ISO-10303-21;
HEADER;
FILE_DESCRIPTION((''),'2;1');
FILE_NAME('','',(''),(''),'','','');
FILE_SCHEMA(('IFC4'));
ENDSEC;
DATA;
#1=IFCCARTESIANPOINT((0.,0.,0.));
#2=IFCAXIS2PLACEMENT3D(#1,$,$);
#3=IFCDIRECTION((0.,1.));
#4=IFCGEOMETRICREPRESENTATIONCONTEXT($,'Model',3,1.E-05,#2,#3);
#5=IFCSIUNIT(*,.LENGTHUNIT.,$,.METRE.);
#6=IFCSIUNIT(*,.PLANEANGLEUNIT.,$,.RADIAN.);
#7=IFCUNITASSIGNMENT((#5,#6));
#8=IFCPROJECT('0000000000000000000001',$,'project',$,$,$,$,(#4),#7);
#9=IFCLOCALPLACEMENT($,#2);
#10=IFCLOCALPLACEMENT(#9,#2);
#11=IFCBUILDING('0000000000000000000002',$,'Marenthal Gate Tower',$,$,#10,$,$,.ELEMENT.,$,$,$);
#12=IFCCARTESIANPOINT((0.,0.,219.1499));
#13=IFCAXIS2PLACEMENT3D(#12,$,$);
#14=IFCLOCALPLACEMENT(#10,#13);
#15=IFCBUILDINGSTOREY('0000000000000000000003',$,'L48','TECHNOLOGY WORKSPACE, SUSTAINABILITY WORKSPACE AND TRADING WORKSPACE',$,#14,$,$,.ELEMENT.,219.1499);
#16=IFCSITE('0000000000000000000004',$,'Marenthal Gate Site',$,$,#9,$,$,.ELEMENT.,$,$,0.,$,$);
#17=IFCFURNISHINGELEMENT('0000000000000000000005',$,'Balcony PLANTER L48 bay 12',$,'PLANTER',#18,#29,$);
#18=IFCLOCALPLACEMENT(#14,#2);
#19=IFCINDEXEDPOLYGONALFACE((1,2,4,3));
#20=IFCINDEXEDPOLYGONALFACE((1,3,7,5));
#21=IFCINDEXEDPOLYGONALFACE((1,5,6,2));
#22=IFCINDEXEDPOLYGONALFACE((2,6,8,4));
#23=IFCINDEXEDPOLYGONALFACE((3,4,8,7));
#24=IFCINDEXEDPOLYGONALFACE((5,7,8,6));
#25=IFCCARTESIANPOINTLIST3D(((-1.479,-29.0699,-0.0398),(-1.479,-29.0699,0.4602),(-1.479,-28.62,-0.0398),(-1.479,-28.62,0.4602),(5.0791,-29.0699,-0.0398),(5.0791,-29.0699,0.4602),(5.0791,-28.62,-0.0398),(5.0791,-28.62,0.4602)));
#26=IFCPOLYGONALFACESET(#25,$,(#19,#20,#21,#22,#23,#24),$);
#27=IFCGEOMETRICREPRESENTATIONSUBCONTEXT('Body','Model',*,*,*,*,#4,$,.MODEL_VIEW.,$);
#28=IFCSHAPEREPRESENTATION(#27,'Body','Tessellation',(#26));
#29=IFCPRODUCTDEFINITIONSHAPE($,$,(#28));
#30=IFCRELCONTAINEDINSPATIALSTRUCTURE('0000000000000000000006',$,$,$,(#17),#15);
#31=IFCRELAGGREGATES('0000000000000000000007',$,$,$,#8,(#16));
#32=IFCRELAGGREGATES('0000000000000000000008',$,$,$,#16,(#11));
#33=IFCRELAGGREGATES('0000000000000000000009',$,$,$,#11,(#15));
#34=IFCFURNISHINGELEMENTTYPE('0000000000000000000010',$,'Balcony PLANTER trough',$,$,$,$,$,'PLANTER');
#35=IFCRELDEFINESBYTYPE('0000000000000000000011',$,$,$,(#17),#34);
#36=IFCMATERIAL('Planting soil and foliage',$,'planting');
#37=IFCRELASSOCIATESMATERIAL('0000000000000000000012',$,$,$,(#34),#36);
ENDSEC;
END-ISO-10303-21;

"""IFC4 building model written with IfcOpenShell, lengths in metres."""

from ifc_helpers import new_model, si_unit, direction, frame, origin, origin_2d, place, context, subcontext, project, spatial, rectangle, extrude, material, type_object, element, save


model = new_model("IFC4")

# Units and contexts
model_context = context("Model", 3, precision=1e-05, world=origin(), true_north=direction((0.0, 1.0)))
body_context = subcontext(model_context, "Body", "Model", "MODEL_VIEW")
ifc_project = project(units=[si_unit("LENGTHUNIT", "METRE"), si_unit("PLANEANGLEUNIT", "RADIAN")], contexts=[model_context])

# Site, building, storey
site_placement = place(None, origin())
site = spatial("IfcSite", under=ifc_project, at=site_placement, Name="Marenthal Gate Site", CompositionType="ELEMENT", RefElevation=0.0)
building_placement = place(site_placement, origin())
building = spatial("IfcBuilding", under=site, at=building_placement, Name="Marenthal Gate Tower", CompositionType="ELEMENT")
storey_placement = place(building_placement, frame((0.0, 0.0, 219.1499)))
storey = spatial("IfcBuildingStorey", under=building, at=storey_placement, Name="L48", Description="TECHNOLOGY WORKSPACE, SUSTAINABILITY WORKSPACE AND TRADING WORKSPACE", CompositionType="ELEMENT", Elevation=219.1499)

# Furnishing element
ifc_material_1 = material(Name="Planting soil and foliage", Category="planting")
furnishing_element_type = type_object("IfcFurnishingElementType", Name="Balcony PLANTER trough", ElementType="PLANTER", material=ifc_material_1)
furnishing_placement = place(storey_placement, frame((1.8, -28.845, -0.0398), z_axis=(0.0, 0.0, 1.0), x_axis=(1.0, 0.0, 0.0)))
element("IfcFurnishingElement", 1, at=furnishing_placement, inside=storey, type_object=furnishing_element_type, Name="Balcony PLANTER L48 bay 12", ObjectType="PLANTER", context=body_context, shape_type="SweptSolid", body=[
    extrude(rectangle(XDim=6.5581, YDim=0.45, at=origin_2d()), origin(), (0.0, 0.0, 1.0), 0.5),
])

save(model, "model.ifc")
